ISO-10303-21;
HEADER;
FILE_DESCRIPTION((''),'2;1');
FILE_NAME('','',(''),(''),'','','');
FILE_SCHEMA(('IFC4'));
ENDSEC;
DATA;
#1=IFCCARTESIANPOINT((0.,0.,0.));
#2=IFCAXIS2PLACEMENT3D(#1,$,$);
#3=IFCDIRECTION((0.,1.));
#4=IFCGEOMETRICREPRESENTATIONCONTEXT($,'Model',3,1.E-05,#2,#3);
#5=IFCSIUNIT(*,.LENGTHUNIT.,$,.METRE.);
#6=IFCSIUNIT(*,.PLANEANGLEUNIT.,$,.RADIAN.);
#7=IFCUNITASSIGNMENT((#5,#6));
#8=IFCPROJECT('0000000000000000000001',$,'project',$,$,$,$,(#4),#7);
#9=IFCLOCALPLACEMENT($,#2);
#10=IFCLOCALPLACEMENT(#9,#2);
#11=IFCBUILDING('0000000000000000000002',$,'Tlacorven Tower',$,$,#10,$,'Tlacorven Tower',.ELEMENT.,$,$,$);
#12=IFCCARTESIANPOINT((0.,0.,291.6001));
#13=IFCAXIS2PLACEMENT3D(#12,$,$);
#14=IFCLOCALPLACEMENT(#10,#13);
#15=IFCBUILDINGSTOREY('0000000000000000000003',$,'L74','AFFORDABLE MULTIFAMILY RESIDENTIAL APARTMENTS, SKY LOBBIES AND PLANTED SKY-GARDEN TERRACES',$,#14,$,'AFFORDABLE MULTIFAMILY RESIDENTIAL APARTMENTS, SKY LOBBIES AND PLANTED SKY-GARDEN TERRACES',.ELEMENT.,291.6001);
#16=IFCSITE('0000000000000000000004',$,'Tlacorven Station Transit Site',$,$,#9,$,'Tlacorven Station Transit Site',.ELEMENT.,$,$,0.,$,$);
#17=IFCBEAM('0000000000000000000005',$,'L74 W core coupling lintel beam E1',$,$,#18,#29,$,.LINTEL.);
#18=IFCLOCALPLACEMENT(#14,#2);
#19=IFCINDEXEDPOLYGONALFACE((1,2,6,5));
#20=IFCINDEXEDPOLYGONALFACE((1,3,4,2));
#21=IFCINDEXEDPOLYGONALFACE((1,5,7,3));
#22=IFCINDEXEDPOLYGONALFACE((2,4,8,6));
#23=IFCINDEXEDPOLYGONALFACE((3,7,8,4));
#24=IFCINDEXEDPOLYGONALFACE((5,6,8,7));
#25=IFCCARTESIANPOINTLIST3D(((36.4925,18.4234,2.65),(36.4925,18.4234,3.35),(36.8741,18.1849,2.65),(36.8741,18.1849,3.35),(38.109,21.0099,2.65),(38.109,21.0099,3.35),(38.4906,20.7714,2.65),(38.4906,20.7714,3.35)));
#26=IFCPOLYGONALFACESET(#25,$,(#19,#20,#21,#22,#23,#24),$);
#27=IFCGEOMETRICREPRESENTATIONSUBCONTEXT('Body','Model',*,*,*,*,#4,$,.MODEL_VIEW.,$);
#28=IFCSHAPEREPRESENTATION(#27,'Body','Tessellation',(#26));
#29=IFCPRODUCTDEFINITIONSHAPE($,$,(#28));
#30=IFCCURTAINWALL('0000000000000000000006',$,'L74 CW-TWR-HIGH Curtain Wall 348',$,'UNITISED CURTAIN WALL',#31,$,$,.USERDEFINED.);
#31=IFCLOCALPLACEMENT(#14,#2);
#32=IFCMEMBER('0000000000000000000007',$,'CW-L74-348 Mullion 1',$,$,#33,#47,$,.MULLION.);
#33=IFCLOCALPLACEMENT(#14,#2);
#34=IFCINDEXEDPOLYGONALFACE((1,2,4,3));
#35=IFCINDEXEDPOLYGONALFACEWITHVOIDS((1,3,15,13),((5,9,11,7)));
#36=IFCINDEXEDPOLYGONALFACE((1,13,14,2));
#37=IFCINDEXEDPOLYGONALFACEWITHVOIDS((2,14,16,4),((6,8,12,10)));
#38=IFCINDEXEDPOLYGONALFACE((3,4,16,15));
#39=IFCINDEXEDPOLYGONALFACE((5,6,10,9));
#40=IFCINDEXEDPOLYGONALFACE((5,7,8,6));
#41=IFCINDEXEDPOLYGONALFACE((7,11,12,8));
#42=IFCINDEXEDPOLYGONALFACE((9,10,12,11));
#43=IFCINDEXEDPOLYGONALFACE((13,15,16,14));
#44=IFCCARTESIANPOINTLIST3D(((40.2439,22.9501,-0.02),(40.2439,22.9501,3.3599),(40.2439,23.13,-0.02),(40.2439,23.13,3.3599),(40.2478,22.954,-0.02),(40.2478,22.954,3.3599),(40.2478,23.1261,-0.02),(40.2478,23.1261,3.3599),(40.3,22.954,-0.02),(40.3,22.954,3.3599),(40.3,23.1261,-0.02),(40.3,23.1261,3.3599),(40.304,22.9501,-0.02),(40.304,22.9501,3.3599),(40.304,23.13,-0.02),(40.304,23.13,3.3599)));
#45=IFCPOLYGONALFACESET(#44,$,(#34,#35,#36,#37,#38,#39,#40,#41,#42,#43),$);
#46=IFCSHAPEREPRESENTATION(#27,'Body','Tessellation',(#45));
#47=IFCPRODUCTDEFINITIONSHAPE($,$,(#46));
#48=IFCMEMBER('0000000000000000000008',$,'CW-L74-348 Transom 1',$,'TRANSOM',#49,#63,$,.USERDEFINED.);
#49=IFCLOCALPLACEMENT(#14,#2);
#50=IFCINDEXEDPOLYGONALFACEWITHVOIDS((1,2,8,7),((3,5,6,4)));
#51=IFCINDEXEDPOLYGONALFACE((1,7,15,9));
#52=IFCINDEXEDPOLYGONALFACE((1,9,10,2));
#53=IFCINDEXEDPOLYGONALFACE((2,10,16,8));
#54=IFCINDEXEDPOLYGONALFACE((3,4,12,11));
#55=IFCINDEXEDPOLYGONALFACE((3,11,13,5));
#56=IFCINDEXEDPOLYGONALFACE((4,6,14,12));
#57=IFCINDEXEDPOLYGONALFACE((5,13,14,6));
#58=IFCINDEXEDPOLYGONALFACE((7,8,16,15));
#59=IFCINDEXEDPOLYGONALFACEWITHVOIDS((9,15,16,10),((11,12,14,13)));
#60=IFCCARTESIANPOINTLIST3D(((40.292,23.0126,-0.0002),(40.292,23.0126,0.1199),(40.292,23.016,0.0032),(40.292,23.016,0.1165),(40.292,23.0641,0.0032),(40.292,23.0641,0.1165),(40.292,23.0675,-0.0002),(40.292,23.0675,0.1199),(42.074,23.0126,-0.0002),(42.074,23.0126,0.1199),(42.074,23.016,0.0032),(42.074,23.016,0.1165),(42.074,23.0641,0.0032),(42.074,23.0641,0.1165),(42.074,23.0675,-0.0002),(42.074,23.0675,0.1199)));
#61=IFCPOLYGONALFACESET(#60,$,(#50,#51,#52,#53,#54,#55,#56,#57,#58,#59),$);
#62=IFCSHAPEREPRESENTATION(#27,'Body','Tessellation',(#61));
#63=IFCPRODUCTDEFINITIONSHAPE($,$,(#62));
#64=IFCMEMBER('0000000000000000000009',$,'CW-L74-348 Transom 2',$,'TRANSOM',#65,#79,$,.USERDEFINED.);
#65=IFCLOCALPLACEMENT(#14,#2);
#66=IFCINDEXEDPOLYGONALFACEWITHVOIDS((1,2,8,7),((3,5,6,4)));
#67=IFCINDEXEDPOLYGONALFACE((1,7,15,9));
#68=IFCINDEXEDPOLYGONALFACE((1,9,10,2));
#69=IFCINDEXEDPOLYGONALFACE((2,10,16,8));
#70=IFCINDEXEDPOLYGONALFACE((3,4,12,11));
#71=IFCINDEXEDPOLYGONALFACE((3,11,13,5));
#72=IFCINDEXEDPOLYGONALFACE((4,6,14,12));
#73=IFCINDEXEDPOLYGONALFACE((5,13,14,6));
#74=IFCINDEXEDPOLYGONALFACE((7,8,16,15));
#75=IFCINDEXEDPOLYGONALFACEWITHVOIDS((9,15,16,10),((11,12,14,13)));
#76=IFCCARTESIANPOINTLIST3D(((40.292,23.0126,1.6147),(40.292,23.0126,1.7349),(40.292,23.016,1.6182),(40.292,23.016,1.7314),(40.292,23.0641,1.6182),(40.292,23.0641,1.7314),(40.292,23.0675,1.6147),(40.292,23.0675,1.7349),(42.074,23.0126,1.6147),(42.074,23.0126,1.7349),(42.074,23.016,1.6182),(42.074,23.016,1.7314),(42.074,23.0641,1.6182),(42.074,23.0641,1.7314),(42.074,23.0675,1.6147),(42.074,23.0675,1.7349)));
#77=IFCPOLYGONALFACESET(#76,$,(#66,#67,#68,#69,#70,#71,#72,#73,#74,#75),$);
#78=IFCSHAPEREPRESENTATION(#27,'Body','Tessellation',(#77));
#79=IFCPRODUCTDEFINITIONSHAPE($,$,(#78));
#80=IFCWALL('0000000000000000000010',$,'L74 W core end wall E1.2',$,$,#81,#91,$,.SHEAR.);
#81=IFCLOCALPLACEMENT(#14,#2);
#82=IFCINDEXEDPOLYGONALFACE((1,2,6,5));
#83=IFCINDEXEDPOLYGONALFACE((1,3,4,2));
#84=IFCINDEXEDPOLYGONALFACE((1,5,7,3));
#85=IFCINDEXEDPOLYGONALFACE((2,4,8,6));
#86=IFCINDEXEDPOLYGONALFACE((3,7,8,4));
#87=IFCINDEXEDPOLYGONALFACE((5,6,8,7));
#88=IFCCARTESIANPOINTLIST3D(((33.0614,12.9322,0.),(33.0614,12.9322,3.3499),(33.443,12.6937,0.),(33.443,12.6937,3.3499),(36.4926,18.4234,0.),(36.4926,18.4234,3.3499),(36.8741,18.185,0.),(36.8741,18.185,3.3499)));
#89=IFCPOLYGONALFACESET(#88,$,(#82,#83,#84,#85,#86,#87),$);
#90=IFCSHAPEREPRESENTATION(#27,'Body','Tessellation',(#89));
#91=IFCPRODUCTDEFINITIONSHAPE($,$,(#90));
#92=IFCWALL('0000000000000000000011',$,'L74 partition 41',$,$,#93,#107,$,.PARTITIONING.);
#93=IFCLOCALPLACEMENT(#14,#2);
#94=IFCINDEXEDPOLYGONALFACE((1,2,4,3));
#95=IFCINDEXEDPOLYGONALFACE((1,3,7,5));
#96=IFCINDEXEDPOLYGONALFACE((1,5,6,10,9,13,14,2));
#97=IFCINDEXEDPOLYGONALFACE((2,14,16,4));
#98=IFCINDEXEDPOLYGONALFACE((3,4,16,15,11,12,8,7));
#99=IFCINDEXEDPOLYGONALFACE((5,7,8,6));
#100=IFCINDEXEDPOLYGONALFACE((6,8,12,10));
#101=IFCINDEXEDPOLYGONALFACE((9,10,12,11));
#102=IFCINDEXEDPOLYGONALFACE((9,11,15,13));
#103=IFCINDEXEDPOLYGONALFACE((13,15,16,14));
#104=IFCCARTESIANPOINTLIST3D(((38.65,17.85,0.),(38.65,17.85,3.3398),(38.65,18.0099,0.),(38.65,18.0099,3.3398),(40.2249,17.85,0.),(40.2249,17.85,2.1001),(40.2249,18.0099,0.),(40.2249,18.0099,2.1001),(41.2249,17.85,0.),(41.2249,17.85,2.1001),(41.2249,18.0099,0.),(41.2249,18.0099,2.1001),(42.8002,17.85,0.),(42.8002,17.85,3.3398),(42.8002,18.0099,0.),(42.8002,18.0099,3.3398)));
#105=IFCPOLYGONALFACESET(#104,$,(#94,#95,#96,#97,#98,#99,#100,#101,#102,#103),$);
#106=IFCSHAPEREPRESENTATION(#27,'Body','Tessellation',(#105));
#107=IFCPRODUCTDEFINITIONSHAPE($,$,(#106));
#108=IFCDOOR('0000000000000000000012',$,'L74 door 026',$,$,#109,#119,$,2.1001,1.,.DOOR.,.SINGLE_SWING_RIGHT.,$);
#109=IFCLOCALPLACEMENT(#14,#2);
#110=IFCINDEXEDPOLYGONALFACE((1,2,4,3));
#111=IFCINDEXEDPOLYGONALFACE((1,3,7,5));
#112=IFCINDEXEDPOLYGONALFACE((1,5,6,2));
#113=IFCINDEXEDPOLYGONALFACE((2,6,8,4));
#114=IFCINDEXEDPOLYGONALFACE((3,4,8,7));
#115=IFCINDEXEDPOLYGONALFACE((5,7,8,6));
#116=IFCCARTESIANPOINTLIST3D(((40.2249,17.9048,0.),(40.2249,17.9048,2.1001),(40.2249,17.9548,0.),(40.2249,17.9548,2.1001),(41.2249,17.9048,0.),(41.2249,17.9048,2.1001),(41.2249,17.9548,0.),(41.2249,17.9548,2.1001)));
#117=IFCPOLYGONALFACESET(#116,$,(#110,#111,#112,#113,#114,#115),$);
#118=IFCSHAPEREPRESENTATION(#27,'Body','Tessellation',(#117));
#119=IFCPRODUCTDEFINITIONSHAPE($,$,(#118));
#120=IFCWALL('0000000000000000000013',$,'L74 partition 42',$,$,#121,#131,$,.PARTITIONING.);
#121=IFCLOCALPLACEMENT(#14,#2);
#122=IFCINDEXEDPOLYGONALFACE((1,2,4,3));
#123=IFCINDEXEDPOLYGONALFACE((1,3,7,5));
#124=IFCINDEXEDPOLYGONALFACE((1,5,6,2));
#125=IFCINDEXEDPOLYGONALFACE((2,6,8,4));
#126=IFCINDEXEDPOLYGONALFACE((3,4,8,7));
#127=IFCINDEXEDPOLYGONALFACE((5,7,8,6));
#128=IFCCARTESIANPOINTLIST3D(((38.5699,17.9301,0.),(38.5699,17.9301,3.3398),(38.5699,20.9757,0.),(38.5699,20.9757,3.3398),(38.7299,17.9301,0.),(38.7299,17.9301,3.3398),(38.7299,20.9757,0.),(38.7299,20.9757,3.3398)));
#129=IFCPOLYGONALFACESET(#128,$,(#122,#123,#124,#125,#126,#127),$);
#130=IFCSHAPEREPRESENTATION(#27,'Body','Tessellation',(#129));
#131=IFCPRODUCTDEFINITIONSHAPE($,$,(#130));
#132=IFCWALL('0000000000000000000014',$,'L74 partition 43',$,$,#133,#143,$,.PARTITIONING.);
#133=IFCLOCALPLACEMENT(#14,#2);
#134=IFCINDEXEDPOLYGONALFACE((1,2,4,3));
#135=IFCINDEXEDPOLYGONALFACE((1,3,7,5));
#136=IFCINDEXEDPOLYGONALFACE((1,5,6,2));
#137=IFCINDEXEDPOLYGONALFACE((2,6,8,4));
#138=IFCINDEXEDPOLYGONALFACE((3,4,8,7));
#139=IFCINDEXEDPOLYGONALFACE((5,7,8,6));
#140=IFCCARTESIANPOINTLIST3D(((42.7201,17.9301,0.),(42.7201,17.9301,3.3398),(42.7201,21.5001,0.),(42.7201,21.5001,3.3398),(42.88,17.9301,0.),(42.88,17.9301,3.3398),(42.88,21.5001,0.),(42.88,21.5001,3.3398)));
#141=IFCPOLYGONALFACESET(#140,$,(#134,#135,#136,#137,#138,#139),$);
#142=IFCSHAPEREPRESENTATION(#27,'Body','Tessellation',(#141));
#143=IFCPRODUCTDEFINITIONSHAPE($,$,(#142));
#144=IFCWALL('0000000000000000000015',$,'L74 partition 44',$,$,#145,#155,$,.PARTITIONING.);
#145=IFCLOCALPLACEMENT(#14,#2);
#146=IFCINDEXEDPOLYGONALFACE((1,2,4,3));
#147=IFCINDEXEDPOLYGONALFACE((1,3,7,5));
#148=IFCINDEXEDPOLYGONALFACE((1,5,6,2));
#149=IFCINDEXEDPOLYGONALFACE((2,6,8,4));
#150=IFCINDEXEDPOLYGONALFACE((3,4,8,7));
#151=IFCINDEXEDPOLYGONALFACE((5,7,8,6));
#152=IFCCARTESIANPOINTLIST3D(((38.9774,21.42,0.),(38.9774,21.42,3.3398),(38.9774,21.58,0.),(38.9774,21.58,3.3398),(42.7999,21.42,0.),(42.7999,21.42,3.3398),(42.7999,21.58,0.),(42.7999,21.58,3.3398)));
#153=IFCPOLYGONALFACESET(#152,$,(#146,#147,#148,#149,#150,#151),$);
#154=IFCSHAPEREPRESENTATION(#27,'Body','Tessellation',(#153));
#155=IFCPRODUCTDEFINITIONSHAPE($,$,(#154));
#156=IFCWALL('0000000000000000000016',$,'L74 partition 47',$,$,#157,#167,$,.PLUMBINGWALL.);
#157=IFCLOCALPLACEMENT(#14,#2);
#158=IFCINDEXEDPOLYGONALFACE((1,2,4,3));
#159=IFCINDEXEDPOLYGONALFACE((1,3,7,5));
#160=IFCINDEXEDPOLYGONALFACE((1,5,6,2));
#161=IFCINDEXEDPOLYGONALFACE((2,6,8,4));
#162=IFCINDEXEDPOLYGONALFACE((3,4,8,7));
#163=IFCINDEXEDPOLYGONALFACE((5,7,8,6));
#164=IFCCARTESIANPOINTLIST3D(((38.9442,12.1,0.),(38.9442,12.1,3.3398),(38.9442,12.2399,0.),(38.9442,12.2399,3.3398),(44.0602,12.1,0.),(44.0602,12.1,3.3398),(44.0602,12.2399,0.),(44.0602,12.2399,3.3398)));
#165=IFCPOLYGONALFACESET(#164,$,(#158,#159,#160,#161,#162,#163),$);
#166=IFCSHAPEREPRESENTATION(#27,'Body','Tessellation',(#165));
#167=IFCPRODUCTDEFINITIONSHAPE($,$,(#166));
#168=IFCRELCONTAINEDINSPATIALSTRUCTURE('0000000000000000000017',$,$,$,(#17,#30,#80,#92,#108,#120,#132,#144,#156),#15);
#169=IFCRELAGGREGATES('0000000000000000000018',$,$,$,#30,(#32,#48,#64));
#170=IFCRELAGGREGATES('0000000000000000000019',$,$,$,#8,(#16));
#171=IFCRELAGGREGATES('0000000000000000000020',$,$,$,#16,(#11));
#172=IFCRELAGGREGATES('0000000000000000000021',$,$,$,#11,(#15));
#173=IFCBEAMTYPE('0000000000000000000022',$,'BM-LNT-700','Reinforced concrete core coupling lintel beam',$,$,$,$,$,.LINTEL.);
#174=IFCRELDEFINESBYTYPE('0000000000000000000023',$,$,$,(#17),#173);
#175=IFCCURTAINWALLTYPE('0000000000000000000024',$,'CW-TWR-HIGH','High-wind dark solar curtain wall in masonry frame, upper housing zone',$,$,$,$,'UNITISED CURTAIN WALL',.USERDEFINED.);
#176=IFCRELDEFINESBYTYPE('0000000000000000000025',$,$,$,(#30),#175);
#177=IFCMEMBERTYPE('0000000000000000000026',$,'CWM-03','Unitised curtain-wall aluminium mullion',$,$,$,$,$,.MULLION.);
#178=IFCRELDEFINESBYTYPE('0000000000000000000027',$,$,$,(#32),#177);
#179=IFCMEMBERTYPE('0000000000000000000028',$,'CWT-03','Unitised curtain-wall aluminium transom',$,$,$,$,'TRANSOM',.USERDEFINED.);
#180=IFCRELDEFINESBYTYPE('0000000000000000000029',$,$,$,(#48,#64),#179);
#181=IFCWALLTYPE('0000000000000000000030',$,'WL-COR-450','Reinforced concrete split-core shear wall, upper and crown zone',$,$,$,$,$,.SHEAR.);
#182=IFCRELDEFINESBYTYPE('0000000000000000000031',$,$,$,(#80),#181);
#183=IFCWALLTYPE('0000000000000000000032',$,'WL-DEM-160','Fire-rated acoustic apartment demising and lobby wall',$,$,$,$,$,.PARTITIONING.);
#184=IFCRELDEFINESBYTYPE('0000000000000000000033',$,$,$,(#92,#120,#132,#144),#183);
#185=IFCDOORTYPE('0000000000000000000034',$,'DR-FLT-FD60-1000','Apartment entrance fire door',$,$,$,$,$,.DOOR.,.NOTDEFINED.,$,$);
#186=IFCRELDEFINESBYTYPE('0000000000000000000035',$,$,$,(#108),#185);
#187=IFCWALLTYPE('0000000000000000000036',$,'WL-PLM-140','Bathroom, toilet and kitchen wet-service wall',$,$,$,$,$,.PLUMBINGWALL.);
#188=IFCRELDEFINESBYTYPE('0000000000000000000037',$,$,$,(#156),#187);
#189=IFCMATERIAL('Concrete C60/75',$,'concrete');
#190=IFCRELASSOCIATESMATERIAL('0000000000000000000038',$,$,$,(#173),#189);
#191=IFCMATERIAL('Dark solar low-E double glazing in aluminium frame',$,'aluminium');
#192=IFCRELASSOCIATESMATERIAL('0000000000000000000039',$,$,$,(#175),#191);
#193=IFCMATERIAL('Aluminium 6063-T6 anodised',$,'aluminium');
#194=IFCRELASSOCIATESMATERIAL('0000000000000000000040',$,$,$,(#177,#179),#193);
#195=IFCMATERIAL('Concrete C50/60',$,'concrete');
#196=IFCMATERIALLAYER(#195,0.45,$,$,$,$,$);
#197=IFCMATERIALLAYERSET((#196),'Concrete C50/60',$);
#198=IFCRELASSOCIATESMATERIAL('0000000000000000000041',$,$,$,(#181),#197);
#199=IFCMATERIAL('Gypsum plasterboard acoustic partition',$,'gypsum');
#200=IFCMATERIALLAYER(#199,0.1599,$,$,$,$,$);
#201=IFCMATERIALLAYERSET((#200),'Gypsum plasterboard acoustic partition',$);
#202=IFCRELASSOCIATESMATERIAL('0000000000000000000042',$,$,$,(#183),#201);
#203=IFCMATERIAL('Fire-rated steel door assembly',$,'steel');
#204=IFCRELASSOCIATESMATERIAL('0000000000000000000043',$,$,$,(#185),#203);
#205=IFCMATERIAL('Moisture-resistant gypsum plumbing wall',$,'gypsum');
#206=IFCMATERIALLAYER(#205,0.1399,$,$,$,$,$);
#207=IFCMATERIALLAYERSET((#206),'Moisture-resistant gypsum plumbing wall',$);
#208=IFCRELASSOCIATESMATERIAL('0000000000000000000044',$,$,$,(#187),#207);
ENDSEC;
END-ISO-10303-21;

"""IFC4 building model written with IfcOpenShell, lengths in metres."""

from ifc_helpers import new_model, si_unit, direction, frame, frame_2d, origin, origin_2d, place, context, subcontext, project, spatial, rectangle, hollow_rectangle, extrude, source, transform, mapped, material, layer, layer_set, material_profile, profile_set, type_object, element, fill, aggregate, save


model = new_model("IFC4")

# Units and contexts
model_context = context("Model", 3, precision=1e-05, world=origin(), true_north=direction((0.0, 1.0)))
body_context = subcontext(model_context, "Body", "Model", "MODEL_VIEW")
ifc_project = project(units=[si_unit("LENGTHUNIT", "METRE"), si_unit("PLANEANGLEUNIT", "RADIAN")], contexts=[model_context])

# Site, building, storey
site_placement = place(None, origin())
site = spatial("IfcSite", under=ifc_project, at=site_placement, Name="Tlacorven Station Transit Site", LongName="Tlacorven Station Transit Site", CompositionType="ELEMENT", RefElevation=0.0)
building_placement = place(site_placement, origin())
building = spatial("IfcBuilding", under=site, at=building_placement, Name="Tlacorven Tower", LongName="Tlacorven Tower", CompositionType="ELEMENT")
storey_placement = place(building_placement, frame((0.0, 0.0, 291.6001)))
storey = spatial("IfcBuildingStorey", under=building, at=storey_placement, Name="L74", Description="AFFORDABLE MULTIFAMILY RESIDENTIAL APARTMENTS, SKY LOBBIES AND PLANTED SKY-GARDEN TERRACES", LongName="AFFORDABLE MULTIFAMILY RESIDENTIAL APARTMENTS, SKY LOBBIES AND PLANTED SKY-GARDEN TERRACES", CompositionType="ELEMENT", Elevation=291.6001)

# Beam
ifc_material_1 = material(Name="Concrete C60/75", Category="concrete")
ifc_material_profile_1 = material_profile(ifc_material_1, rectangle(XDim=0.45, YDim=0.7, at=origin_2d()), Name="RC 450X700")
ifc_profile_set_1 = profile_set([ifc_material_profile_1], Name="Concrete C60/75")
beam_type = type_object("IfcBeamType", Name="BM-LNT-700", Description="Reinforced concrete core coupling lintel beam", PredefinedType="LINTEL", material=ifc_profile_set_1)
shared_shape_1 = source(origin(), body_context, "Body", "SweptSolid", [
    extrude(rectangle(XDim=0.45, YDim=0.7, at=origin_2d()), origin(), (0.0, 0.0, 1.0), 3.05),
])
beam_placement = place(storey_placement, frame((38.2998, 20.8906, 3.0), z_axis=(-0.529985, -0.848007, 0.0), x_axis=(0.848007, -0.529985, 0.0)))
element("IfcBeam", 1, at=beam_placement, inside=storey, type_object=beam_type, Name="L74 W core coupling lintel beam E1", PredefinedType="LINTEL", context=body_context, shape_type="MappedRepresentation", body=[
    mapped(shared_shape_1, transform((0.0, 0.0, 0.0), scale=1.0)),
])

# Curtain wall, members
ifc_material_2 = material(Name="Dark solar low-E double glazing in aluminium frame", Category="aluminium")
curtain_wall_type = type_object("IfcCurtainWallType", Name="CW-TWR-HIGH", Description="High-wind dark solar curtain wall in masonry frame, upper housing zone", ElementType="UNITISED CURTAIN WALL", PredefinedType="USERDEFINED", material=ifc_material_2)
curtain_wall_placement = place(storey_placement, origin())
curtain_wall = element("IfcCurtainWall", 2, at=curtain_wall_placement, inside=storey, type_object=curtain_wall_type, Name="L74 CW-TWR-HIGH Curtain Wall 348", ObjectType="UNITISED CURTAIN WALL", PredefinedType="USERDEFINED")
ifc_material_3 = material(Name="Aluminium 6063-T6 anodised", Category="aluminium")
ifc_material_profile_2 = material_profile(ifc_material_3, hollow_rectangle(XDim=0.0601, YDim=0.1799, WallThickness=0.0039, at=origin_2d()), Name="ALU MULLION 60X180")
ifc_profile_set_2 = profile_set([ifc_material_profile_2], Name="Aluminium 6063-T6 anodised")
member_type_1 = type_object("IfcMemberType", Name="CWM-03", Description="Unitised curtain-wall aluminium mullion", PredefinedType="MULLION", material=ifc_profile_set_2)
shared_shape_2 = source(origin(), body_context, "Body", "SweptSolid", [
    extrude(hollow_rectangle(XDim=0.0601, YDim=0.1799, WallThickness=0.0039, at=origin_2d()), origin(), (0.0, 0.0, 1.0), 3.3799),
])
member_1_placement = place(storey_placement, frame((40.2739, 23.04, -0.02), z_axis=(0.0, 0.0, 1.0), x_axis=(1.0, 0.0, 0.0)))
member_1 = element("IfcMember", 3, at=member_1_placement, type_object=member_type_1, Name="CW-L74-348 Mullion 1", PredefinedType="MULLION", context=body_context, shape_type="MappedRepresentation", body=[
    mapped(shared_shape_2, transform((0.0, 0.0, 0.0), scale=1.0)),
])
ifc_material_profile_3 = material_profile(ifc_material_3, hollow_rectangle(XDim=0.0549, YDim=0.1201, WallThickness=0.0034, at=origin_2d()), Name="ALU TRANSOM 55X120")
ifc_profile_set_3 = profile_set([ifc_material_profile_3], Name="Aluminium 6063-T6 anodised")
member_type_2 = type_object("IfcMemberType", Name="CWT-03", Description="Unitised curtain-wall aluminium transom", ElementType="TRANSOM", PredefinedType="USERDEFINED", material=ifc_profile_set_3)
shared_shape_3 = source(origin(), body_context, "Body", "SweptSolid", [
    extrude(hollow_rectangle(XDim=0.0549, YDim=0.1201, WallThickness=0.0034, at=origin_2d()), origin(), (0.0, 0.0, 1.0), 1.782),
])
member_2_placement = place(storey_placement, frame((40.292, 23.04, 0.0598), z_axis=(1.0, 0.0, 0.0), x_axis=(0.0, 1.0, 0.0)))
member_2 = element("IfcMember", 4, at=member_2_placement, type_object=member_type_2, Name="CW-L74-348 Transom 1", ObjectType="TRANSOM", PredefinedType="USERDEFINED", context=body_context, shape_type="MappedRepresentation", body=[
    mapped(shared_shape_3, transform((0.0, 0.0, 0.0), scale=1.0)),
])
member_3_placement = place(storey_placement, frame((40.292, 23.04, 1.6748), z_axis=(1.0, 0.0, 0.0), x_axis=(0.0, 1.0, 0.0)))
member_3 = element("IfcMember", 5, at=member_3_placement, type_object=member_type_2, Name="CW-L74-348 Transom 2", ObjectType="TRANSOM", PredefinedType="USERDEFINED", context=body_context, shape_type="MappedRepresentation", body=[
    mapped(shared_shape_3, transform((0.0, 0.0, 0.0), scale=1.0)),
])
aggregate(curtain_wall, [member_1, member_2, member_3])

# Wall
ifc_material_4 = material(Name="Concrete C50/60", Category="concrete")
ifc_layer_1 = layer(ifc_material_4, 0.45)
ifc_layer_set_1 = layer_set([ifc_layer_1], Name="Concrete C50/60")
wall_type_1 = type_object("IfcWallType", Name="WL-COR-450", Description="Reinforced concrete split-core shear wall, upper and crown zone", PredefinedType="SHEAR", material=ifc_layer_set_1)
wall_1_placement = place(storey_placement, frame((36.6833, 18.3042, 0.0), z_axis=(0.0, 0.0, 1.0), x_axis=(-0.529904, -0.848058, 0.0)))
element("IfcWall", 6, at=wall_1_placement, inside=storey, type_object=wall_type_1, Name="L74 W core end wall E1.2", PredefinedType="SHEAR", context=body_context, shape_type="SweptSolid", body=[
    extrude(rectangle(XDim=6.4751, YDim=0.45, at=frame_2d((3.2375, 0.0))), origin(), (0.0, 0.0, 1.0), 3.3499),
])

# Wall, opening, door
ifc_material_5 = material(Name="Gypsum plasterboard acoustic partition", Category="gypsum")
ifc_layer_2 = layer(ifc_material_5, 0.1599)
ifc_layer_set_2 = layer_set([ifc_layer_2], Name="Gypsum plasterboard acoustic partition")
wall_type_2 = type_object("IfcWallType", Name="WL-DEM-160", Description="Fire-rated acoustic apartment demising and lobby wall", PredefinedType="PARTITIONING", material=ifc_layer_set_2)
wall_2_placement = place(storey_placement, frame((38.6499, 17.9299, 0.0), z_axis=(0.0, 0.0, 1.0), x_axis=(1.0, 0.0, 0.0)))
wall_2 = element("IfcWall", 7, at=wall_2_placement, inside=storey, type_object=wall_type_2, Name="L74 partition 41", PredefinedType="PARTITIONING", context=body_context, shape_type="SweptSolid", body=[
    extrude(rectangle(XDim=4.1501, YDim=0.1599, at=frame_2d((2.0752, 0.0))), origin(), (0.0, 0.0, 1.0), 3.3398),
])
opening_1_placement = place(wall_2_placement, frame((1.575, 0.0, 0.0)))
opening_1 = element("IfcOpeningElement", 8, at=opening_1_placement, cuts=wall_2, PredefinedType="OPENING", context=body_context, shape_type="SweptSolid", body=[
    extrude(rectangle(XDim=1.0, YDim=2.1001, at=frame_2d((0.5, 1.05))), frame((0.0, 0.0898, 0.0), z_axis=(0.0, -1.0, 0.0), x_axis=(1.0, 0.0, 0.0)), (0.0, 0.0, 1.0), 0.1799),
])
ifc_material_6 = material(Name="Fire-rated steel door assembly", Category="steel")
door_type_1 = type_object("IfcDoorType", Name="DR-FLT-FD60-1000", Description="Apartment entrance fire door", OperationType="NOTDEFINED", PredefinedType="DOOR", material=ifc_material_6)
shared_shape_4 = source(origin(), body_context, "Body", "SweptSolid", [
    extrude(rectangle(XDim=1.0, YDim=2.1001, at=frame_2d((0.5, 1.05))), frame((0.0, 0.0249, 0.0), z_axis=(0.0, -1.0, 0.0), x_axis=(1.0, 0.0, 0.0)), (0.0, 0.0, 1.0), 0.05),
])
door_1_placement = place(opening_1_placement, origin())
door_1 = element("IfcDoor", 9, at=door_1_placement, inside=storey, type_object=door_type_1, Name="L74 door 026", OperationType="SINGLE_SWING_RIGHT", OverallHeight=2.1001, OverallWidth=1.0, PredefinedType="DOOR", context=body_context, shape_type="MappedRepresentation", body=[
    mapped(shared_shape_4, transform((0.0, 0.0, 0.0), scale=1.0)),
])
fill(opening_1, door_1)

# Walls
wall_3_placement = place(storey_placement, frame((38.6499, 17.9299, 0.0), z_axis=(0.0, 0.0, 1.0), x_axis=(0.0, 1.0, 0.0)))
element("IfcWall", 10, at=wall_3_placement, inside=storey, type_object=wall_type_2, Name="L74 partition 42", PredefinedType="PARTITIONING", context=body_context, shape_type="SweptSolid", body=[
    extrude(rectangle(XDim=3.0457, YDim=0.1599, at=frame_2d((1.5229, 0.0))), origin(), (0.0, 0.0, 1.0), 3.3398),
])
wall_4_placement = place(storey_placement, frame((42.8, 17.9299, 0.0), z_axis=(0.0, 0.0, 1.0), x_axis=(0.0, 1.0, 0.0)))
element("IfcWall", 11, at=wall_4_placement, inside=storey, type_object=wall_type_2, Name="L74 partition 43", PredefinedType="PARTITIONING", context=body_context, shape_type="SweptSolid", body=[
    extrude(rectangle(XDim=3.5701, YDim=0.1599, at=frame_2d((1.7852, 0.0))), origin(), (0.0, 0.0, 1.0), 3.3398),
])
wall_5_placement = place(storey_placement, frame((38.9775, 21.5, 0.0), z_axis=(0.0, 0.0, 1.0), x_axis=(1.0, 0.0, 0.0)))
element("IfcWall", 12, at=wall_5_placement, inside=storey, type_object=wall_type_2, Name="L74 partition 44", PredefinedType="PARTITIONING", context=body_context, shape_type="SweptSolid", body=[
    extrude(rectangle(XDim=3.8225, YDim=0.1599, at=frame_2d((1.9111, 0.0))), origin(), (0.0, 0.0, 1.0), 3.3398),
])
ifc_material_7 = material(Name="Moisture-resistant gypsum plumbing wall", Category="gypsum")
ifc_layer_3 = layer(ifc_material_7, 0.1399)
ifc_layer_set_3 = layer_set([ifc_layer_3], Name="Moisture-resistant gypsum plumbing wall")
wall_type_3 = type_object("IfcWallType", Name="WL-PLM-140", Description="Bathroom, toilet and kitchen wet-service wall", PredefinedType="PLUMBINGWALL", material=ifc_layer_set_3)
wall_6_placement = place(storey_placement, frame((38.9441, 12.1699, 0.0), z_axis=(0.0, 0.0, 1.0), x_axis=(1.0, 0.0, 0.0)))
element("IfcWall", 13, at=wall_6_placement, inside=storey, type_object=wall_type_3, Name="L74 partition 47", PredefinedType="PLUMBINGWALL", context=body_context, shape_type="SweptSolid", body=[
    extrude(rectangle(XDim=5.116, YDim=0.1399, at=frame_2d((2.5581, 0.0))), origin(), (0.0, 0.0, 1.0), 3.3398),
])

save(model, "model.ifc")
